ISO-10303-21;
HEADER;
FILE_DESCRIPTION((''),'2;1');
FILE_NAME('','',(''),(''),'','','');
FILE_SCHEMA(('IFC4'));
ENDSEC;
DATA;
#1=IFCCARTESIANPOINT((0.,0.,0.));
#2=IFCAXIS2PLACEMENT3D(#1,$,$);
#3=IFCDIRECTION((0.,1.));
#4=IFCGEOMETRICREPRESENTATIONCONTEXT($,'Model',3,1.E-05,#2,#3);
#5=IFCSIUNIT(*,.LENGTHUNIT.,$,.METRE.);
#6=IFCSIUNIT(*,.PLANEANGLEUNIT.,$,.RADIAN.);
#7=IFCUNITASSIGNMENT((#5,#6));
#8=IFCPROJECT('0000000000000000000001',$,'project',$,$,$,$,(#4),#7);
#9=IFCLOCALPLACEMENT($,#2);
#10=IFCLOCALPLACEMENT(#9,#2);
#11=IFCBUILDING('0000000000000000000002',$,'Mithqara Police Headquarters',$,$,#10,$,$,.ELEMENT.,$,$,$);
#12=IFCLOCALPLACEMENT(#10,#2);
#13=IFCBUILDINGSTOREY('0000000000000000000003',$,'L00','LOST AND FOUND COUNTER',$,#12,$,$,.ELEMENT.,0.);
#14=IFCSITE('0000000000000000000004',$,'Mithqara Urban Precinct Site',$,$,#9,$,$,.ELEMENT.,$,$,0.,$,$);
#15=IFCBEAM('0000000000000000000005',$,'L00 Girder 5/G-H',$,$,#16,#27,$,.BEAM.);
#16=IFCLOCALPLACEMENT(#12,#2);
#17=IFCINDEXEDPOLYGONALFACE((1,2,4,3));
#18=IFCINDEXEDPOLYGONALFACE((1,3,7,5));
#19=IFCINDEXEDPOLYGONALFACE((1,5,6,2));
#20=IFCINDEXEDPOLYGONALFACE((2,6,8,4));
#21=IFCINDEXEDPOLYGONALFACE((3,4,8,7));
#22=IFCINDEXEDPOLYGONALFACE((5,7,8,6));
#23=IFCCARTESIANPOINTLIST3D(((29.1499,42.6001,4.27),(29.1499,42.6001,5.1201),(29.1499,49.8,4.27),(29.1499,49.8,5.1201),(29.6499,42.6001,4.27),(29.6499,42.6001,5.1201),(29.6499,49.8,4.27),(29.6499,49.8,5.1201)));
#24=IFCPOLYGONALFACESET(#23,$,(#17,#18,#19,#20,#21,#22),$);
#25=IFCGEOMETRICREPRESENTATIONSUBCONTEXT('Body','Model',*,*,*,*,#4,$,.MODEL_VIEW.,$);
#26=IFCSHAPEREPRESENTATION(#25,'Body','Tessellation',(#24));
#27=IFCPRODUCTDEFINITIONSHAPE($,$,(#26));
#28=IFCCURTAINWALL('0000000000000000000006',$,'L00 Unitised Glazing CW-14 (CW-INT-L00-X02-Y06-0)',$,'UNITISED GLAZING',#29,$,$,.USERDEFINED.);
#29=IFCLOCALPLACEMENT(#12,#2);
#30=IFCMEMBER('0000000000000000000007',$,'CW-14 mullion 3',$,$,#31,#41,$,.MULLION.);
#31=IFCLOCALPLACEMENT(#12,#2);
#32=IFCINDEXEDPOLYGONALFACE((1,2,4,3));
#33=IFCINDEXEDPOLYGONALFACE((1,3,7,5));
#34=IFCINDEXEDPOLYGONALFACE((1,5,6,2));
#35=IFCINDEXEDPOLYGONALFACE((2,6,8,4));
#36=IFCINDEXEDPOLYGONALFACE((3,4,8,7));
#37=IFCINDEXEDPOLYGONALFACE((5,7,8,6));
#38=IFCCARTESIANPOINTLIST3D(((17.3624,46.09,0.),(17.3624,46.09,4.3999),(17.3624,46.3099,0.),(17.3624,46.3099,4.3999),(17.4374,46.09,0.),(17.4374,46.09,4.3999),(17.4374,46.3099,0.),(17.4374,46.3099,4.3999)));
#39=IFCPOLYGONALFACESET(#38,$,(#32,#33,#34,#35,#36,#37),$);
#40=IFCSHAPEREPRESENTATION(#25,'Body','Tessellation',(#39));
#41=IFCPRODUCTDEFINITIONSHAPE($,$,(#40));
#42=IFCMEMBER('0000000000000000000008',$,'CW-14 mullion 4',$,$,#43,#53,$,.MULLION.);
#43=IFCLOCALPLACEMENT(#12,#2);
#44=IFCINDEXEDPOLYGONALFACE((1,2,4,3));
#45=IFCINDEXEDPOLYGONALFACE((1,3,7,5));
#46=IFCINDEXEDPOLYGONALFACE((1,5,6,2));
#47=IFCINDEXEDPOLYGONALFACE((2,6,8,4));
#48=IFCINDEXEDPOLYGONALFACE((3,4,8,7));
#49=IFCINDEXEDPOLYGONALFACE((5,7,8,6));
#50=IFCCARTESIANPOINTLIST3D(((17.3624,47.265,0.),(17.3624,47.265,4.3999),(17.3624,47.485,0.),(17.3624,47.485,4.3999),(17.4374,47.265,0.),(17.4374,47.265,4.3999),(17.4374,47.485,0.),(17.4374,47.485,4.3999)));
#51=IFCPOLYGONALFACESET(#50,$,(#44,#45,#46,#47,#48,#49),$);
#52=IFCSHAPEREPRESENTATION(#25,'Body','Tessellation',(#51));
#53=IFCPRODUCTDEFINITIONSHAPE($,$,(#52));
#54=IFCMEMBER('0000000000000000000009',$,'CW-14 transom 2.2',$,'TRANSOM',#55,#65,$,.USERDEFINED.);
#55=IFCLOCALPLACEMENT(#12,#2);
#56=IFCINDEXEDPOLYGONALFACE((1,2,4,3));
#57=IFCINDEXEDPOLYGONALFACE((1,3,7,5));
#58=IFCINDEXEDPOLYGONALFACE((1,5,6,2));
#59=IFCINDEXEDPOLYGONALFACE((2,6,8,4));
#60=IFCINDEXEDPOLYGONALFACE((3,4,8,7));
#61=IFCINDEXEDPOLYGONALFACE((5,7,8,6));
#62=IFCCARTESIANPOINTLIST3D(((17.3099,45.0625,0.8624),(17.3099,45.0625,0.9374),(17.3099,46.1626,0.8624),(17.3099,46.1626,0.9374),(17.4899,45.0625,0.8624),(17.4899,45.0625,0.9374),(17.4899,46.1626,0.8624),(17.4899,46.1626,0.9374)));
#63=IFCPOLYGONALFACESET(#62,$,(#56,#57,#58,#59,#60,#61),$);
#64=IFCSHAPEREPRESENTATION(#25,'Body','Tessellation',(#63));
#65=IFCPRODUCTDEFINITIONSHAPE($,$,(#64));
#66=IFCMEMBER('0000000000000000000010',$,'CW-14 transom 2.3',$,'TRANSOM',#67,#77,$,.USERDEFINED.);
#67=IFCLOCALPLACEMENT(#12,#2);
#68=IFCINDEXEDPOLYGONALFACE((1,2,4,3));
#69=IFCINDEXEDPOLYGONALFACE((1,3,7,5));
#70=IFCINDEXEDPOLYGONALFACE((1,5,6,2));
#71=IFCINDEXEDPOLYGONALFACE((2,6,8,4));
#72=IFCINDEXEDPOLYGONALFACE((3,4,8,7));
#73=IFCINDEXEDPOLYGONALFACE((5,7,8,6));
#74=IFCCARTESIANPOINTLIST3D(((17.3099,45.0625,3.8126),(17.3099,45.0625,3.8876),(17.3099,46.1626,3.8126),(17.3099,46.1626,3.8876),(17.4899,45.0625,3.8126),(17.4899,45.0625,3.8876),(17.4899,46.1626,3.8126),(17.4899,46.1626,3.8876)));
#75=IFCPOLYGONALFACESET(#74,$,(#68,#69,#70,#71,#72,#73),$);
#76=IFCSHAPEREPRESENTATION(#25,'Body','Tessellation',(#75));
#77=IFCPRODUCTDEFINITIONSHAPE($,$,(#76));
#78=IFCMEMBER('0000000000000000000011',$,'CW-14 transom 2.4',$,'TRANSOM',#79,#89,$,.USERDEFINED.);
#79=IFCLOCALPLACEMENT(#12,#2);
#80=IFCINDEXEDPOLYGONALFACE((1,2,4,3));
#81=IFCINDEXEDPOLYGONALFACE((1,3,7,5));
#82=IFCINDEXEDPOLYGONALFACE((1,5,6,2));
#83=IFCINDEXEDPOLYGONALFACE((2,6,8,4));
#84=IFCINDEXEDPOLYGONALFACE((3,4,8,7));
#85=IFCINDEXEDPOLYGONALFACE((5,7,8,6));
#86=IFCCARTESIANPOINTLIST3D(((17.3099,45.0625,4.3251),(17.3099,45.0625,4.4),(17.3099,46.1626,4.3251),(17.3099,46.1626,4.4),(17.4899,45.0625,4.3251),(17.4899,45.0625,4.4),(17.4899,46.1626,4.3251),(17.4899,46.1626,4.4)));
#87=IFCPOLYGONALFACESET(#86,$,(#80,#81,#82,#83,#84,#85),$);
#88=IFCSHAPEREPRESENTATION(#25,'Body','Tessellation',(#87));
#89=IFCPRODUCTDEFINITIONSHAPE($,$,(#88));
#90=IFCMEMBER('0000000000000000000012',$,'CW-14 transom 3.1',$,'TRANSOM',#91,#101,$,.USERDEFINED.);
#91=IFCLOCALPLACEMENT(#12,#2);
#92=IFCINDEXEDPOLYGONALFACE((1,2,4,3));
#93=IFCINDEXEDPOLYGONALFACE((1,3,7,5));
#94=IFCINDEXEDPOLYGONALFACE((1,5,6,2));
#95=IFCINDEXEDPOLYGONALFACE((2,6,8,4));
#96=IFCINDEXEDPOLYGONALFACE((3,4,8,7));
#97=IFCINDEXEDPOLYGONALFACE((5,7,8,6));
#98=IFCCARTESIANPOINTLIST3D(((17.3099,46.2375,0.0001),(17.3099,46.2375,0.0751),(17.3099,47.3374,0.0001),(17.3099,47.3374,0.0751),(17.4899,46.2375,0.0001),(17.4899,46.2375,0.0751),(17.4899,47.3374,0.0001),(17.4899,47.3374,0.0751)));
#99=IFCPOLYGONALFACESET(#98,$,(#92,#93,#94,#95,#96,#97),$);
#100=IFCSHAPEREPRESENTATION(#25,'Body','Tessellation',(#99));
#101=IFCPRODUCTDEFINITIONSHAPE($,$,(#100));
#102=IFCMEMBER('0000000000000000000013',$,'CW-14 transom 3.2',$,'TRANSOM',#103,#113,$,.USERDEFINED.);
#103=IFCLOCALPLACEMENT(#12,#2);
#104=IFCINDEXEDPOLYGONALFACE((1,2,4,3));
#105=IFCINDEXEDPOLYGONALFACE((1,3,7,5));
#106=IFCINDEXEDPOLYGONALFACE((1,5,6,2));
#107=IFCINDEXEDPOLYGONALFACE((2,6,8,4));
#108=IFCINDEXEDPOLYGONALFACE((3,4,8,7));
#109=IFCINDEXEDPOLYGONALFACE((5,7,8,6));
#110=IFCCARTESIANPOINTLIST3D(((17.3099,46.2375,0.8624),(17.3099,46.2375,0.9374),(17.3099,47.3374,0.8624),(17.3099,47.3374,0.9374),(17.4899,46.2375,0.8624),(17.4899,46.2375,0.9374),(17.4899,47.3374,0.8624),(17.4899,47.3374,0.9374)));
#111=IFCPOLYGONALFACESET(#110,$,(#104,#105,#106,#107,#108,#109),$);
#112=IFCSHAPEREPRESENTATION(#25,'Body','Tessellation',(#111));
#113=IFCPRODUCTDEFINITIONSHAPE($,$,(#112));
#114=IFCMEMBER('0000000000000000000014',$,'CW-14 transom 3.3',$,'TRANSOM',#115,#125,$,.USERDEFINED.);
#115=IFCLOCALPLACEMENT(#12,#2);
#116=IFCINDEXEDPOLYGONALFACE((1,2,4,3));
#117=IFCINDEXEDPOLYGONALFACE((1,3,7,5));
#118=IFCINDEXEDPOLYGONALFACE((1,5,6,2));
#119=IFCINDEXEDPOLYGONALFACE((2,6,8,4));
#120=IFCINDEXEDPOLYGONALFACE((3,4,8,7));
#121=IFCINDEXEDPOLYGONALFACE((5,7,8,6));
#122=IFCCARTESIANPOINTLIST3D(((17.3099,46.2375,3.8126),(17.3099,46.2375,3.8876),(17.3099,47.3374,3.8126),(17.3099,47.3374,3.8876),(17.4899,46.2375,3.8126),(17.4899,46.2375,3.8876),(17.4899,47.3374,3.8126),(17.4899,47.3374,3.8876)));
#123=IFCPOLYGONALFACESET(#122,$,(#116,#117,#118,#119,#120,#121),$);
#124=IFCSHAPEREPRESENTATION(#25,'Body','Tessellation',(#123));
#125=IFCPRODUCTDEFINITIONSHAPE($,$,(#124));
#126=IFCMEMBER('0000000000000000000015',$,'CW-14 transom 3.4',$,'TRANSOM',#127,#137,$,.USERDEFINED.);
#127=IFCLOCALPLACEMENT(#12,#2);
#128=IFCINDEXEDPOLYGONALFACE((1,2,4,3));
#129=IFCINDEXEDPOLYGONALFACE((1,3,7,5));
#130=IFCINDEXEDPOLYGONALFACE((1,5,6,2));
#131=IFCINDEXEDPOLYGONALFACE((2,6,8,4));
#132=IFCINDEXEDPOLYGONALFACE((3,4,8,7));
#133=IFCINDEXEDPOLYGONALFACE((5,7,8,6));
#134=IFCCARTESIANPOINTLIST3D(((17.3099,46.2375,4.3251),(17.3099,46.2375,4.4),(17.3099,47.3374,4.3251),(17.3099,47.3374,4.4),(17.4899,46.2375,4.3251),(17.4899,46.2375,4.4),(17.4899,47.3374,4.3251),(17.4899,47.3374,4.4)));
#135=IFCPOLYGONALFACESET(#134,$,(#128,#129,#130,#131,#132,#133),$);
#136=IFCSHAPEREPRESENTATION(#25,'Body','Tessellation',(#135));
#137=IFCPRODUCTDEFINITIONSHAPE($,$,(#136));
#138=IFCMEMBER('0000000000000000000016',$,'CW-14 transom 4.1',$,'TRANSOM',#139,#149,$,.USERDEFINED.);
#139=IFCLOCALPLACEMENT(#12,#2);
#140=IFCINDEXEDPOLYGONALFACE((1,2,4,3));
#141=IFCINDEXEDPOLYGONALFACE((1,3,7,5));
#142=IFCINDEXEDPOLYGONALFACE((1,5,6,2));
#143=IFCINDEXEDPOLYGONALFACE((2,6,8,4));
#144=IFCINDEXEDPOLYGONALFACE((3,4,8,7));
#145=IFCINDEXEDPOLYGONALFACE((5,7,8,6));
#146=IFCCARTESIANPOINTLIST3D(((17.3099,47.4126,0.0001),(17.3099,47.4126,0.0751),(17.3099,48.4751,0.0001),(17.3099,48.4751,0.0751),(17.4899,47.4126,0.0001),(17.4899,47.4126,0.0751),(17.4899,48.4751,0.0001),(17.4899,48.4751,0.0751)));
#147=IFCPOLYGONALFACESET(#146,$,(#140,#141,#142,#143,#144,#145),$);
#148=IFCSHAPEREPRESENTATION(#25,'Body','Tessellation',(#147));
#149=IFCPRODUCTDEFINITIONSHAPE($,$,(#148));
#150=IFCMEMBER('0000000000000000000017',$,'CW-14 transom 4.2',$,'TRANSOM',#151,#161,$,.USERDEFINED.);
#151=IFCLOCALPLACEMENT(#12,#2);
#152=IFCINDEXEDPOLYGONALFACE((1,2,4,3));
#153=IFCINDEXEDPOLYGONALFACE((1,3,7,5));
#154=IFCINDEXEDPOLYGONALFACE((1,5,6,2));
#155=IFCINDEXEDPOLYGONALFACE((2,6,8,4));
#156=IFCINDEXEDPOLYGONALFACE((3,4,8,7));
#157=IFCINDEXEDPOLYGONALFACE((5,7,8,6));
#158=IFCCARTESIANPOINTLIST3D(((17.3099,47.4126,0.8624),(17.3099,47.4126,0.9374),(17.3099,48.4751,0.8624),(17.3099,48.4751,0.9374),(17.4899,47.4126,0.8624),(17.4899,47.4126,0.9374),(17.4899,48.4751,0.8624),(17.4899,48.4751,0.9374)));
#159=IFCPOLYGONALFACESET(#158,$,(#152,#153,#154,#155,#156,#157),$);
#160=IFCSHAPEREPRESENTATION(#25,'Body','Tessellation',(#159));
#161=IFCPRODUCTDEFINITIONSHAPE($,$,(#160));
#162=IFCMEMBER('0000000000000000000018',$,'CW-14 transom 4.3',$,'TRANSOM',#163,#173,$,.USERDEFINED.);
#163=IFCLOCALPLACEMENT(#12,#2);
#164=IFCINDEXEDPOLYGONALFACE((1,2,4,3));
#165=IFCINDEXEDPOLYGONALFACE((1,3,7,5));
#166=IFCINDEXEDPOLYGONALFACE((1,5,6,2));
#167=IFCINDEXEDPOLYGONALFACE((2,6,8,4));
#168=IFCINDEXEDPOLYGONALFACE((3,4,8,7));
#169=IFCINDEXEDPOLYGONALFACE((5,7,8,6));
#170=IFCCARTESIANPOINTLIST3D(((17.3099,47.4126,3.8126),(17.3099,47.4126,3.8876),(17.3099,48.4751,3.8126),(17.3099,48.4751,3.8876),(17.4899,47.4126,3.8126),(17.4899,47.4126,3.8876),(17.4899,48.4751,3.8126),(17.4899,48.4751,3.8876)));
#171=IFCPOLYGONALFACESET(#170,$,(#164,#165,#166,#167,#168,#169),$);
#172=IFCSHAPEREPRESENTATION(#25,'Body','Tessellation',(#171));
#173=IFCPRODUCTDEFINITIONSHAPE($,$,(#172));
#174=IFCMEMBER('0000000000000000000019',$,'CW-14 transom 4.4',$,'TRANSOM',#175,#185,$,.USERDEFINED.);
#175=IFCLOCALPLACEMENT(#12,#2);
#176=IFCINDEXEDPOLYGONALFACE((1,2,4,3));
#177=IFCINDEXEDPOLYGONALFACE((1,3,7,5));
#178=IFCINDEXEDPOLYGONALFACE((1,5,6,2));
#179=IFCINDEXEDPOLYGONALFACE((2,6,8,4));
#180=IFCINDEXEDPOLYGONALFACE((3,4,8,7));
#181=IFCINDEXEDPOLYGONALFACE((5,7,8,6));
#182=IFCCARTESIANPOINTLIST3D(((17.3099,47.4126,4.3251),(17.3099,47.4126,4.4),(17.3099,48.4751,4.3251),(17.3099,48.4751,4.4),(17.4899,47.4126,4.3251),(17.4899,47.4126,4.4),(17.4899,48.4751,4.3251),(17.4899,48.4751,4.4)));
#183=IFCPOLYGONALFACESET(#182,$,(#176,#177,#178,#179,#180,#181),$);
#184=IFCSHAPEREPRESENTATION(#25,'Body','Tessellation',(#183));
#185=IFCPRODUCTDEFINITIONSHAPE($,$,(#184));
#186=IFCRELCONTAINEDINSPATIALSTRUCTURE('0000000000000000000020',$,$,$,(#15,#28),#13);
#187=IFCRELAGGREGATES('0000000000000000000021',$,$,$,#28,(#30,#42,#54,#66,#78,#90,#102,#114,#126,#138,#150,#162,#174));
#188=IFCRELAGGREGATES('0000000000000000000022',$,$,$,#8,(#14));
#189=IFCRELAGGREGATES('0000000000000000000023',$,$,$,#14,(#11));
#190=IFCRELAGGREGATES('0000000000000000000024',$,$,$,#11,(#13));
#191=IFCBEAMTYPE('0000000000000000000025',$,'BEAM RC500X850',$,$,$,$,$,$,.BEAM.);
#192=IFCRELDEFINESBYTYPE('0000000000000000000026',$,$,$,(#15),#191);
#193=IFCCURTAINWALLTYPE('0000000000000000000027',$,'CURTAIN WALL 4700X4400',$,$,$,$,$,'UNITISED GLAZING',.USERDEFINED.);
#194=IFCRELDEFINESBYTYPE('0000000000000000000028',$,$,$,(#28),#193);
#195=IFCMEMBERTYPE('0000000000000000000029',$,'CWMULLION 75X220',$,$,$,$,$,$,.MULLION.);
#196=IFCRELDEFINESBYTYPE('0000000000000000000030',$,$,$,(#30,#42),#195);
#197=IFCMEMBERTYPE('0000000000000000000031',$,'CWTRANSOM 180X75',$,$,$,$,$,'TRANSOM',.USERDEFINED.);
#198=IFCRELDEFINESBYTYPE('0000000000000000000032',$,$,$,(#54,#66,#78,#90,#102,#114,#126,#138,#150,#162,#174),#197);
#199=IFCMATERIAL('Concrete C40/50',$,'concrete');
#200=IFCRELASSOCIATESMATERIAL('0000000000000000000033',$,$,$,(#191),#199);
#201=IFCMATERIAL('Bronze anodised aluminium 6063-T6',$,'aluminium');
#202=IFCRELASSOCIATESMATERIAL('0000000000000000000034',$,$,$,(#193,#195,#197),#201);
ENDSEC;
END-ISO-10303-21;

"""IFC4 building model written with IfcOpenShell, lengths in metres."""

from ifc_helpers import new_model, si_unit, direction, frame, origin, origin_2d, place, context, subcontext, project, spatial, rectangle, extrude, material, material_profile, profile_set, type_object, element, aggregate, save


model = new_model("IFC4")

# Units and contexts
model_context = context("Model", 3, precision=1e-05, world=origin(), true_north=direction((0.0, 1.0)))
body_context = subcontext(model_context, "Body", "Model", "MODEL_VIEW")
ifc_project = project(units=[si_unit("LENGTHUNIT", "METRE"), si_unit("PLANEANGLEUNIT", "RADIAN")], contexts=[model_context])

# Site, building, storey
site_placement = place(None, origin())
site = spatial("IfcSite", under=ifc_project, at=site_placement, Name="Mithqara Urban Precinct Site", CompositionType="ELEMENT", RefElevation=0.0)
building_placement = place(site_placement, origin())
building = spatial("IfcBuilding", under=site, at=building_placement, Name="Mithqara Police Headquarters", CompositionType="ELEMENT")
storey_placement = place(building_placement, origin())
storey = spatial("IfcBuildingStorey", under=building, at=storey_placement, Name="L00", Description="LOST AND FOUND COUNTER", CompositionType="ELEMENT", Elevation=0.0)

# Beam
ifc_material_1 = material(Name="Concrete C40/50", Category="concrete")
ifc_material_profile_1 = material_profile(ifc_material_1, rectangle(XDim=0.5, YDim=0.8501, at=origin_2d()), Name="RC 500x850")
ifc_profile_set_1 = profile_set([ifc_material_profile_1], Name="Concrete C40/50")
beam_type_1 = type_object("IfcBeamType", Name="BEAM RC500X850", PredefinedType="BEAM", material=ifc_profile_set_1)
beam_1_placement = place(storey_placement, frame((29.3999, 42.6001, 4.6951), z_axis=(0.0, 1.0, 0.0), x_axis=(-1.0, 0.0, 0.0)))
element("IfcBeam", 1, at=beam_1_placement, inside=storey, type_object=beam_type_1, Name="L00 Girder 5/G-H", PredefinedType="BEAM", context=body_context, shape_type="SweptSolid", body=[
    extrude(rectangle(XDim=0.5, YDim=0.8501, at=origin_2d()), origin(), (0.0, 0.0, 1.0), 7.2),
])

# Curtain wall, members
ifc_material_2 = material(Name="Bronze anodised aluminium 6063-T6", Category="aluminium")
curtain_wall_type = type_object("IfcCurtainWallType", Name="CURTAIN WALL 4700X4400", ElementType="UNITISED GLAZING", PredefinedType="USERDEFINED", material=ifc_material_2)
curtain_wall_placement = place(storey_placement, origin())
curtain_wall = element("IfcCurtainWall", 2, at=curtain_wall_placement, inside=storey, type_object=curtain_wall_type, Name="L00 Unitised Glazing CW-14 (CW-INT-L00-X02-Y06-0)", ObjectType="UNITISED GLAZING", PredefinedType="USERDEFINED")
ifc_material_profile_2 = material_profile(ifc_material_2, rectangle(XDim=0.075, YDim=0.22, at=origin_2d()), Name="CWM 75x220")
ifc_profile_set_2 = profile_set([ifc_material_profile_2], Name="Bronze anodised aluminium 6063-T6")
member_type_1 = type_object("IfcMemberType", Name="CWMULLION 75X220", PredefinedType="MULLION", material=ifc_profile_set_2)
member_1_placement = place(storey_placement, frame((17.3999, 46.2, 0.0), z_axis=(0.0, 0.0, 1.0), x_axis=(-1.0, 0.0, 0.0)))
member_1 = element("IfcMember", 3, at=member_1_placement, type_object=member_type_1, Name="CW-14 mullion 3", PredefinedType="MULLION", context=body_context, shape_type="SweptSolid", body=[
    extrude(rectangle(XDim=0.075, YDim=0.22, at=origin_2d()), origin(), (0.0, 0.0, 1.0), 4.3999),
])
member_2_placement = place(storey_placement, frame((17.3999, 47.375, 0.0), z_axis=(0.0, 0.0, 1.0), x_axis=(-1.0, 0.0, 0.0)))
member_2 = element("IfcMember", 4, at=member_2_placement, type_object=member_type_1, Name="CW-14 mullion 4", PredefinedType="MULLION", context=body_context, shape_type="SweptSolid", body=[
    extrude(rectangle(XDim=0.075, YDim=0.22, at=origin_2d()), origin(), (0.0, 0.0, 1.0), 4.3999),
])
ifc_material_profile_3 = material_profile(ifc_material_2, rectangle(XDim=0.1799, YDim=0.075, at=origin_2d()), Name="CWT 180x75")
ifc_profile_set_3 = profile_set([ifc_material_profile_3], Name="Bronze anodised aluminium 6063-T6")
member_type_2 = type_object("IfcMemberType", Name="CWTRANSOM 180X75", ElementType="TRANSOM", PredefinedType="USERDEFINED", material=ifc_profile_set_3)
member_3_placement = place(storey_placement, frame((17.3999, 45.0625, 0.8999), z_axis=(0.0, 1.0, 0.0), x_axis=(-1.0, 0.0, 0.0)))
member_3 = element("IfcMember", 5, at=member_3_placement, type_object=member_type_2, Name="CW-14 transom 2.2", ObjectType="TRANSOM", PredefinedType="USERDEFINED", context=body_context, shape_type="SweptSolid", body=[
    extrude(rectangle(XDim=0.1799, YDim=0.075, at=origin_2d()), origin(), (0.0, 0.0, 1.0), 1.1001),
])
member_4_placement = place(storey_placement, frame((17.3999, 45.0625, 3.8501), z_axis=(0.0, 1.0, 0.0), x_axis=(-1.0, 0.0, 0.0)))
member_4 = element("IfcMember", 6, at=member_4_placement, type_object=member_type_2, Name="CW-14 transom 2.3", ObjectType="TRANSOM", PredefinedType="USERDEFINED", context=body_context, shape_type="SweptSolid", body=[
    extrude(rectangle(XDim=0.1799, YDim=0.075, at=origin_2d()), origin(), (0.0, 0.0, 1.0), 1.1001),
])
member_5_placement = place(storey_placement, frame((17.3999, 45.0625, 4.3625), z_axis=(0.0, 1.0, 0.0), x_axis=(-1.0, 0.0, 0.0)))
member_5 = element("IfcMember", 7, at=member_5_placement, type_object=member_type_2, Name="CW-14 transom 2.4", ObjectType="TRANSOM", PredefinedType="USERDEFINED", context=body_context, shape_type="SweptSolid", body=[
    extrude(rectangle(XDim=0.1799, YDim=0.075, at=origin_2d()), origin(), (0.0, 0.0, 1.0), 1.1001),
])
member_6_placement = place(storey_placement, frame((17.3999, 46.2375, 0.0376), z_axis=(0.0, 1.0, 0.0), x_axis=(-1.0, 0.0, 0.0)))
member_6 = element("IfcMember", 8, at=member_6_placement, type_object=member_type_2, Name="CW-14 transom 3.1", ObjectType="TRANSOM", PredefinedType="USERDEFINED", context=body_context, shape_type="SweptSolid", body=[
    extrude(rectangle(XDim=0.1799, YDim=0.075, at=origin_2d()), origin(), (0.0, 0.0, 1.0), 1.0999),
])
member_7_placement = place(storey_placement, frame((17.3999, 46.2375, 0.8999), z_axis=(0.0, 1.0, 0.0), x_axis=(-1.0, 0.0, 0.0)))
member_7 = element("IfcMember", 9, at=member_7_placement, type_object=member_type_2, Name="CW-14 transom 3.2", ObjectType="TRANSOM", PredefinedType="USERDEFINED", context=body_context, shape_type="SweptSolid", body=[
    extrude(rectangle(XDim=0.1799, YDim=0.075, at=origin_2d()), origin(), (0.0, 0.0, 1.0), 1.0999),
])
member_8_placement = place(storey_placement, frame((17.3999, 46.2375, 3.8501), z_axis=(0.0, 1.0, 0.0), x_axis=(-1.0, 0.0, 0.0)))
member_8 = element("IfcMember", 10, at=member_8_placement, type_object=member_type_2, Name="CW-14 transom 3.3", ObjectType="TRANSOM", PredefinedType="USERDEFINED", context=body_context, shape_type="SweptSolid", body=[
    extrude(rectangle(XDim=0.1799, YDim=0.075, at=origin_2d()), origin(), (0.0, 0.0, 1.0), 1.0999),
])
member_9_placement = place(storey_placement, frame((17.3999, 46.2375, 4.3625), z_axis=(0.0, 1.0, 0.0), x_axis=(-1.0, 0.0, 0.0)))
member_9 = element("IfcMember", 11, at=member_9_placement, type_object=member_type_2, Name="CW-14 transom 3.4", ObjectType="TRANSOM", PredefinedType="USERDEFINED", context=body_context, shape_type="SweptSolid", body=[
    extrude(rectangle(XDim=0.1799, YDim=0.075, at=origin_2d()), origin(), (0.0, 0.0, 1.0), 1.0999),
])
member_10_placement = place(storey_placement, frame((17.3999, 47.4126, 0.0376), z_axis=(0.0, 1.0, 0.0), x_axis=(-1.0, 0.0, 0.0)))
member_10 = element("IfcMember", 12, at=member_10_placement, type_object=member_type_2, Name="CW-14 transom 4.1", ObjectType="TRANSOM", PredefinedType="USERDEFINED", context=body_context, shape_type="SweptSolid", body=[
    extrude(rectangle(XDim=0.1799, YDim=0.075, at=origin_2d()), origin(), (0.0, 0.0, 1.0), 1.0625),
])
member_11_placement = place(storey_placement, frame((17.3999, 47.4126, 0.8999), z_axis=(0.0, 1.0, 0.0), x_axis=(-1.0, 0.0, 0.0)))
member_11 = element("IfcMember", 13, at=member_11_placement, type_object=member_type_2, Name="CW-14 transom 4.2", ObjectType="TRANSOM", PredefinedType="USERDEFINED", context=body_context, shape_type="SweptSolid", body=[
    extrude(rectangle(XDim=0.1799, YDim=0.075, at=origin_2d()), origin(), (0.0, 0.0, 1.0), 1.0625),
])
member_12_placement = place(storey_placement, frame((17.3999, 47.4126, 3.8501), z_axis=(0.0, 1.0, 0.0), x_axis=(-1.0, 0.0, 0.0)))
member_12 = element("IfcMember", 14, at=member_12_placement, type_object=member_type_2, Name="CW-14 transom 4.3", ObjectType="TRANSOM", PredefinedType="USERDEFINED", context=body_context, shape_type="SweptSolid", body=[
    extrude(rectangle(XDim=0.1799, YDim=0.075, at=origin_2d()), origin(), (0.0, 0.0, 1.0), 1.0625),
])
member_13_placement = place(storey_placement, frame((17.3999, 47.4126, 4.3625), z_axis=(0.0, 1.0, 0.0), x_axis=(-1.0, 0.0, 0.0)))
member_13 = element("IfcMember", 15, at=member_13_placement, type_object=member_type_2, Name="CW-14 transom 4.4", ObjectType="TRANSOM", PredefinedType="USERDEFINED", context=body_context, shape_type="SweptSolid", body=[
    extrude(rectangle(XDim=0.1799, YDim=0.075, at=origin_2d()), origin(), (0.0, 0.0, 1.0), 1.0625),
])
aggregate(curtain_wall, [member_1, member_2, member_3, member_4, member_5, member_6, member_7, member_8, member_9, member_10, member_11, member_12, member_13])

save(model, "model.ifc")
